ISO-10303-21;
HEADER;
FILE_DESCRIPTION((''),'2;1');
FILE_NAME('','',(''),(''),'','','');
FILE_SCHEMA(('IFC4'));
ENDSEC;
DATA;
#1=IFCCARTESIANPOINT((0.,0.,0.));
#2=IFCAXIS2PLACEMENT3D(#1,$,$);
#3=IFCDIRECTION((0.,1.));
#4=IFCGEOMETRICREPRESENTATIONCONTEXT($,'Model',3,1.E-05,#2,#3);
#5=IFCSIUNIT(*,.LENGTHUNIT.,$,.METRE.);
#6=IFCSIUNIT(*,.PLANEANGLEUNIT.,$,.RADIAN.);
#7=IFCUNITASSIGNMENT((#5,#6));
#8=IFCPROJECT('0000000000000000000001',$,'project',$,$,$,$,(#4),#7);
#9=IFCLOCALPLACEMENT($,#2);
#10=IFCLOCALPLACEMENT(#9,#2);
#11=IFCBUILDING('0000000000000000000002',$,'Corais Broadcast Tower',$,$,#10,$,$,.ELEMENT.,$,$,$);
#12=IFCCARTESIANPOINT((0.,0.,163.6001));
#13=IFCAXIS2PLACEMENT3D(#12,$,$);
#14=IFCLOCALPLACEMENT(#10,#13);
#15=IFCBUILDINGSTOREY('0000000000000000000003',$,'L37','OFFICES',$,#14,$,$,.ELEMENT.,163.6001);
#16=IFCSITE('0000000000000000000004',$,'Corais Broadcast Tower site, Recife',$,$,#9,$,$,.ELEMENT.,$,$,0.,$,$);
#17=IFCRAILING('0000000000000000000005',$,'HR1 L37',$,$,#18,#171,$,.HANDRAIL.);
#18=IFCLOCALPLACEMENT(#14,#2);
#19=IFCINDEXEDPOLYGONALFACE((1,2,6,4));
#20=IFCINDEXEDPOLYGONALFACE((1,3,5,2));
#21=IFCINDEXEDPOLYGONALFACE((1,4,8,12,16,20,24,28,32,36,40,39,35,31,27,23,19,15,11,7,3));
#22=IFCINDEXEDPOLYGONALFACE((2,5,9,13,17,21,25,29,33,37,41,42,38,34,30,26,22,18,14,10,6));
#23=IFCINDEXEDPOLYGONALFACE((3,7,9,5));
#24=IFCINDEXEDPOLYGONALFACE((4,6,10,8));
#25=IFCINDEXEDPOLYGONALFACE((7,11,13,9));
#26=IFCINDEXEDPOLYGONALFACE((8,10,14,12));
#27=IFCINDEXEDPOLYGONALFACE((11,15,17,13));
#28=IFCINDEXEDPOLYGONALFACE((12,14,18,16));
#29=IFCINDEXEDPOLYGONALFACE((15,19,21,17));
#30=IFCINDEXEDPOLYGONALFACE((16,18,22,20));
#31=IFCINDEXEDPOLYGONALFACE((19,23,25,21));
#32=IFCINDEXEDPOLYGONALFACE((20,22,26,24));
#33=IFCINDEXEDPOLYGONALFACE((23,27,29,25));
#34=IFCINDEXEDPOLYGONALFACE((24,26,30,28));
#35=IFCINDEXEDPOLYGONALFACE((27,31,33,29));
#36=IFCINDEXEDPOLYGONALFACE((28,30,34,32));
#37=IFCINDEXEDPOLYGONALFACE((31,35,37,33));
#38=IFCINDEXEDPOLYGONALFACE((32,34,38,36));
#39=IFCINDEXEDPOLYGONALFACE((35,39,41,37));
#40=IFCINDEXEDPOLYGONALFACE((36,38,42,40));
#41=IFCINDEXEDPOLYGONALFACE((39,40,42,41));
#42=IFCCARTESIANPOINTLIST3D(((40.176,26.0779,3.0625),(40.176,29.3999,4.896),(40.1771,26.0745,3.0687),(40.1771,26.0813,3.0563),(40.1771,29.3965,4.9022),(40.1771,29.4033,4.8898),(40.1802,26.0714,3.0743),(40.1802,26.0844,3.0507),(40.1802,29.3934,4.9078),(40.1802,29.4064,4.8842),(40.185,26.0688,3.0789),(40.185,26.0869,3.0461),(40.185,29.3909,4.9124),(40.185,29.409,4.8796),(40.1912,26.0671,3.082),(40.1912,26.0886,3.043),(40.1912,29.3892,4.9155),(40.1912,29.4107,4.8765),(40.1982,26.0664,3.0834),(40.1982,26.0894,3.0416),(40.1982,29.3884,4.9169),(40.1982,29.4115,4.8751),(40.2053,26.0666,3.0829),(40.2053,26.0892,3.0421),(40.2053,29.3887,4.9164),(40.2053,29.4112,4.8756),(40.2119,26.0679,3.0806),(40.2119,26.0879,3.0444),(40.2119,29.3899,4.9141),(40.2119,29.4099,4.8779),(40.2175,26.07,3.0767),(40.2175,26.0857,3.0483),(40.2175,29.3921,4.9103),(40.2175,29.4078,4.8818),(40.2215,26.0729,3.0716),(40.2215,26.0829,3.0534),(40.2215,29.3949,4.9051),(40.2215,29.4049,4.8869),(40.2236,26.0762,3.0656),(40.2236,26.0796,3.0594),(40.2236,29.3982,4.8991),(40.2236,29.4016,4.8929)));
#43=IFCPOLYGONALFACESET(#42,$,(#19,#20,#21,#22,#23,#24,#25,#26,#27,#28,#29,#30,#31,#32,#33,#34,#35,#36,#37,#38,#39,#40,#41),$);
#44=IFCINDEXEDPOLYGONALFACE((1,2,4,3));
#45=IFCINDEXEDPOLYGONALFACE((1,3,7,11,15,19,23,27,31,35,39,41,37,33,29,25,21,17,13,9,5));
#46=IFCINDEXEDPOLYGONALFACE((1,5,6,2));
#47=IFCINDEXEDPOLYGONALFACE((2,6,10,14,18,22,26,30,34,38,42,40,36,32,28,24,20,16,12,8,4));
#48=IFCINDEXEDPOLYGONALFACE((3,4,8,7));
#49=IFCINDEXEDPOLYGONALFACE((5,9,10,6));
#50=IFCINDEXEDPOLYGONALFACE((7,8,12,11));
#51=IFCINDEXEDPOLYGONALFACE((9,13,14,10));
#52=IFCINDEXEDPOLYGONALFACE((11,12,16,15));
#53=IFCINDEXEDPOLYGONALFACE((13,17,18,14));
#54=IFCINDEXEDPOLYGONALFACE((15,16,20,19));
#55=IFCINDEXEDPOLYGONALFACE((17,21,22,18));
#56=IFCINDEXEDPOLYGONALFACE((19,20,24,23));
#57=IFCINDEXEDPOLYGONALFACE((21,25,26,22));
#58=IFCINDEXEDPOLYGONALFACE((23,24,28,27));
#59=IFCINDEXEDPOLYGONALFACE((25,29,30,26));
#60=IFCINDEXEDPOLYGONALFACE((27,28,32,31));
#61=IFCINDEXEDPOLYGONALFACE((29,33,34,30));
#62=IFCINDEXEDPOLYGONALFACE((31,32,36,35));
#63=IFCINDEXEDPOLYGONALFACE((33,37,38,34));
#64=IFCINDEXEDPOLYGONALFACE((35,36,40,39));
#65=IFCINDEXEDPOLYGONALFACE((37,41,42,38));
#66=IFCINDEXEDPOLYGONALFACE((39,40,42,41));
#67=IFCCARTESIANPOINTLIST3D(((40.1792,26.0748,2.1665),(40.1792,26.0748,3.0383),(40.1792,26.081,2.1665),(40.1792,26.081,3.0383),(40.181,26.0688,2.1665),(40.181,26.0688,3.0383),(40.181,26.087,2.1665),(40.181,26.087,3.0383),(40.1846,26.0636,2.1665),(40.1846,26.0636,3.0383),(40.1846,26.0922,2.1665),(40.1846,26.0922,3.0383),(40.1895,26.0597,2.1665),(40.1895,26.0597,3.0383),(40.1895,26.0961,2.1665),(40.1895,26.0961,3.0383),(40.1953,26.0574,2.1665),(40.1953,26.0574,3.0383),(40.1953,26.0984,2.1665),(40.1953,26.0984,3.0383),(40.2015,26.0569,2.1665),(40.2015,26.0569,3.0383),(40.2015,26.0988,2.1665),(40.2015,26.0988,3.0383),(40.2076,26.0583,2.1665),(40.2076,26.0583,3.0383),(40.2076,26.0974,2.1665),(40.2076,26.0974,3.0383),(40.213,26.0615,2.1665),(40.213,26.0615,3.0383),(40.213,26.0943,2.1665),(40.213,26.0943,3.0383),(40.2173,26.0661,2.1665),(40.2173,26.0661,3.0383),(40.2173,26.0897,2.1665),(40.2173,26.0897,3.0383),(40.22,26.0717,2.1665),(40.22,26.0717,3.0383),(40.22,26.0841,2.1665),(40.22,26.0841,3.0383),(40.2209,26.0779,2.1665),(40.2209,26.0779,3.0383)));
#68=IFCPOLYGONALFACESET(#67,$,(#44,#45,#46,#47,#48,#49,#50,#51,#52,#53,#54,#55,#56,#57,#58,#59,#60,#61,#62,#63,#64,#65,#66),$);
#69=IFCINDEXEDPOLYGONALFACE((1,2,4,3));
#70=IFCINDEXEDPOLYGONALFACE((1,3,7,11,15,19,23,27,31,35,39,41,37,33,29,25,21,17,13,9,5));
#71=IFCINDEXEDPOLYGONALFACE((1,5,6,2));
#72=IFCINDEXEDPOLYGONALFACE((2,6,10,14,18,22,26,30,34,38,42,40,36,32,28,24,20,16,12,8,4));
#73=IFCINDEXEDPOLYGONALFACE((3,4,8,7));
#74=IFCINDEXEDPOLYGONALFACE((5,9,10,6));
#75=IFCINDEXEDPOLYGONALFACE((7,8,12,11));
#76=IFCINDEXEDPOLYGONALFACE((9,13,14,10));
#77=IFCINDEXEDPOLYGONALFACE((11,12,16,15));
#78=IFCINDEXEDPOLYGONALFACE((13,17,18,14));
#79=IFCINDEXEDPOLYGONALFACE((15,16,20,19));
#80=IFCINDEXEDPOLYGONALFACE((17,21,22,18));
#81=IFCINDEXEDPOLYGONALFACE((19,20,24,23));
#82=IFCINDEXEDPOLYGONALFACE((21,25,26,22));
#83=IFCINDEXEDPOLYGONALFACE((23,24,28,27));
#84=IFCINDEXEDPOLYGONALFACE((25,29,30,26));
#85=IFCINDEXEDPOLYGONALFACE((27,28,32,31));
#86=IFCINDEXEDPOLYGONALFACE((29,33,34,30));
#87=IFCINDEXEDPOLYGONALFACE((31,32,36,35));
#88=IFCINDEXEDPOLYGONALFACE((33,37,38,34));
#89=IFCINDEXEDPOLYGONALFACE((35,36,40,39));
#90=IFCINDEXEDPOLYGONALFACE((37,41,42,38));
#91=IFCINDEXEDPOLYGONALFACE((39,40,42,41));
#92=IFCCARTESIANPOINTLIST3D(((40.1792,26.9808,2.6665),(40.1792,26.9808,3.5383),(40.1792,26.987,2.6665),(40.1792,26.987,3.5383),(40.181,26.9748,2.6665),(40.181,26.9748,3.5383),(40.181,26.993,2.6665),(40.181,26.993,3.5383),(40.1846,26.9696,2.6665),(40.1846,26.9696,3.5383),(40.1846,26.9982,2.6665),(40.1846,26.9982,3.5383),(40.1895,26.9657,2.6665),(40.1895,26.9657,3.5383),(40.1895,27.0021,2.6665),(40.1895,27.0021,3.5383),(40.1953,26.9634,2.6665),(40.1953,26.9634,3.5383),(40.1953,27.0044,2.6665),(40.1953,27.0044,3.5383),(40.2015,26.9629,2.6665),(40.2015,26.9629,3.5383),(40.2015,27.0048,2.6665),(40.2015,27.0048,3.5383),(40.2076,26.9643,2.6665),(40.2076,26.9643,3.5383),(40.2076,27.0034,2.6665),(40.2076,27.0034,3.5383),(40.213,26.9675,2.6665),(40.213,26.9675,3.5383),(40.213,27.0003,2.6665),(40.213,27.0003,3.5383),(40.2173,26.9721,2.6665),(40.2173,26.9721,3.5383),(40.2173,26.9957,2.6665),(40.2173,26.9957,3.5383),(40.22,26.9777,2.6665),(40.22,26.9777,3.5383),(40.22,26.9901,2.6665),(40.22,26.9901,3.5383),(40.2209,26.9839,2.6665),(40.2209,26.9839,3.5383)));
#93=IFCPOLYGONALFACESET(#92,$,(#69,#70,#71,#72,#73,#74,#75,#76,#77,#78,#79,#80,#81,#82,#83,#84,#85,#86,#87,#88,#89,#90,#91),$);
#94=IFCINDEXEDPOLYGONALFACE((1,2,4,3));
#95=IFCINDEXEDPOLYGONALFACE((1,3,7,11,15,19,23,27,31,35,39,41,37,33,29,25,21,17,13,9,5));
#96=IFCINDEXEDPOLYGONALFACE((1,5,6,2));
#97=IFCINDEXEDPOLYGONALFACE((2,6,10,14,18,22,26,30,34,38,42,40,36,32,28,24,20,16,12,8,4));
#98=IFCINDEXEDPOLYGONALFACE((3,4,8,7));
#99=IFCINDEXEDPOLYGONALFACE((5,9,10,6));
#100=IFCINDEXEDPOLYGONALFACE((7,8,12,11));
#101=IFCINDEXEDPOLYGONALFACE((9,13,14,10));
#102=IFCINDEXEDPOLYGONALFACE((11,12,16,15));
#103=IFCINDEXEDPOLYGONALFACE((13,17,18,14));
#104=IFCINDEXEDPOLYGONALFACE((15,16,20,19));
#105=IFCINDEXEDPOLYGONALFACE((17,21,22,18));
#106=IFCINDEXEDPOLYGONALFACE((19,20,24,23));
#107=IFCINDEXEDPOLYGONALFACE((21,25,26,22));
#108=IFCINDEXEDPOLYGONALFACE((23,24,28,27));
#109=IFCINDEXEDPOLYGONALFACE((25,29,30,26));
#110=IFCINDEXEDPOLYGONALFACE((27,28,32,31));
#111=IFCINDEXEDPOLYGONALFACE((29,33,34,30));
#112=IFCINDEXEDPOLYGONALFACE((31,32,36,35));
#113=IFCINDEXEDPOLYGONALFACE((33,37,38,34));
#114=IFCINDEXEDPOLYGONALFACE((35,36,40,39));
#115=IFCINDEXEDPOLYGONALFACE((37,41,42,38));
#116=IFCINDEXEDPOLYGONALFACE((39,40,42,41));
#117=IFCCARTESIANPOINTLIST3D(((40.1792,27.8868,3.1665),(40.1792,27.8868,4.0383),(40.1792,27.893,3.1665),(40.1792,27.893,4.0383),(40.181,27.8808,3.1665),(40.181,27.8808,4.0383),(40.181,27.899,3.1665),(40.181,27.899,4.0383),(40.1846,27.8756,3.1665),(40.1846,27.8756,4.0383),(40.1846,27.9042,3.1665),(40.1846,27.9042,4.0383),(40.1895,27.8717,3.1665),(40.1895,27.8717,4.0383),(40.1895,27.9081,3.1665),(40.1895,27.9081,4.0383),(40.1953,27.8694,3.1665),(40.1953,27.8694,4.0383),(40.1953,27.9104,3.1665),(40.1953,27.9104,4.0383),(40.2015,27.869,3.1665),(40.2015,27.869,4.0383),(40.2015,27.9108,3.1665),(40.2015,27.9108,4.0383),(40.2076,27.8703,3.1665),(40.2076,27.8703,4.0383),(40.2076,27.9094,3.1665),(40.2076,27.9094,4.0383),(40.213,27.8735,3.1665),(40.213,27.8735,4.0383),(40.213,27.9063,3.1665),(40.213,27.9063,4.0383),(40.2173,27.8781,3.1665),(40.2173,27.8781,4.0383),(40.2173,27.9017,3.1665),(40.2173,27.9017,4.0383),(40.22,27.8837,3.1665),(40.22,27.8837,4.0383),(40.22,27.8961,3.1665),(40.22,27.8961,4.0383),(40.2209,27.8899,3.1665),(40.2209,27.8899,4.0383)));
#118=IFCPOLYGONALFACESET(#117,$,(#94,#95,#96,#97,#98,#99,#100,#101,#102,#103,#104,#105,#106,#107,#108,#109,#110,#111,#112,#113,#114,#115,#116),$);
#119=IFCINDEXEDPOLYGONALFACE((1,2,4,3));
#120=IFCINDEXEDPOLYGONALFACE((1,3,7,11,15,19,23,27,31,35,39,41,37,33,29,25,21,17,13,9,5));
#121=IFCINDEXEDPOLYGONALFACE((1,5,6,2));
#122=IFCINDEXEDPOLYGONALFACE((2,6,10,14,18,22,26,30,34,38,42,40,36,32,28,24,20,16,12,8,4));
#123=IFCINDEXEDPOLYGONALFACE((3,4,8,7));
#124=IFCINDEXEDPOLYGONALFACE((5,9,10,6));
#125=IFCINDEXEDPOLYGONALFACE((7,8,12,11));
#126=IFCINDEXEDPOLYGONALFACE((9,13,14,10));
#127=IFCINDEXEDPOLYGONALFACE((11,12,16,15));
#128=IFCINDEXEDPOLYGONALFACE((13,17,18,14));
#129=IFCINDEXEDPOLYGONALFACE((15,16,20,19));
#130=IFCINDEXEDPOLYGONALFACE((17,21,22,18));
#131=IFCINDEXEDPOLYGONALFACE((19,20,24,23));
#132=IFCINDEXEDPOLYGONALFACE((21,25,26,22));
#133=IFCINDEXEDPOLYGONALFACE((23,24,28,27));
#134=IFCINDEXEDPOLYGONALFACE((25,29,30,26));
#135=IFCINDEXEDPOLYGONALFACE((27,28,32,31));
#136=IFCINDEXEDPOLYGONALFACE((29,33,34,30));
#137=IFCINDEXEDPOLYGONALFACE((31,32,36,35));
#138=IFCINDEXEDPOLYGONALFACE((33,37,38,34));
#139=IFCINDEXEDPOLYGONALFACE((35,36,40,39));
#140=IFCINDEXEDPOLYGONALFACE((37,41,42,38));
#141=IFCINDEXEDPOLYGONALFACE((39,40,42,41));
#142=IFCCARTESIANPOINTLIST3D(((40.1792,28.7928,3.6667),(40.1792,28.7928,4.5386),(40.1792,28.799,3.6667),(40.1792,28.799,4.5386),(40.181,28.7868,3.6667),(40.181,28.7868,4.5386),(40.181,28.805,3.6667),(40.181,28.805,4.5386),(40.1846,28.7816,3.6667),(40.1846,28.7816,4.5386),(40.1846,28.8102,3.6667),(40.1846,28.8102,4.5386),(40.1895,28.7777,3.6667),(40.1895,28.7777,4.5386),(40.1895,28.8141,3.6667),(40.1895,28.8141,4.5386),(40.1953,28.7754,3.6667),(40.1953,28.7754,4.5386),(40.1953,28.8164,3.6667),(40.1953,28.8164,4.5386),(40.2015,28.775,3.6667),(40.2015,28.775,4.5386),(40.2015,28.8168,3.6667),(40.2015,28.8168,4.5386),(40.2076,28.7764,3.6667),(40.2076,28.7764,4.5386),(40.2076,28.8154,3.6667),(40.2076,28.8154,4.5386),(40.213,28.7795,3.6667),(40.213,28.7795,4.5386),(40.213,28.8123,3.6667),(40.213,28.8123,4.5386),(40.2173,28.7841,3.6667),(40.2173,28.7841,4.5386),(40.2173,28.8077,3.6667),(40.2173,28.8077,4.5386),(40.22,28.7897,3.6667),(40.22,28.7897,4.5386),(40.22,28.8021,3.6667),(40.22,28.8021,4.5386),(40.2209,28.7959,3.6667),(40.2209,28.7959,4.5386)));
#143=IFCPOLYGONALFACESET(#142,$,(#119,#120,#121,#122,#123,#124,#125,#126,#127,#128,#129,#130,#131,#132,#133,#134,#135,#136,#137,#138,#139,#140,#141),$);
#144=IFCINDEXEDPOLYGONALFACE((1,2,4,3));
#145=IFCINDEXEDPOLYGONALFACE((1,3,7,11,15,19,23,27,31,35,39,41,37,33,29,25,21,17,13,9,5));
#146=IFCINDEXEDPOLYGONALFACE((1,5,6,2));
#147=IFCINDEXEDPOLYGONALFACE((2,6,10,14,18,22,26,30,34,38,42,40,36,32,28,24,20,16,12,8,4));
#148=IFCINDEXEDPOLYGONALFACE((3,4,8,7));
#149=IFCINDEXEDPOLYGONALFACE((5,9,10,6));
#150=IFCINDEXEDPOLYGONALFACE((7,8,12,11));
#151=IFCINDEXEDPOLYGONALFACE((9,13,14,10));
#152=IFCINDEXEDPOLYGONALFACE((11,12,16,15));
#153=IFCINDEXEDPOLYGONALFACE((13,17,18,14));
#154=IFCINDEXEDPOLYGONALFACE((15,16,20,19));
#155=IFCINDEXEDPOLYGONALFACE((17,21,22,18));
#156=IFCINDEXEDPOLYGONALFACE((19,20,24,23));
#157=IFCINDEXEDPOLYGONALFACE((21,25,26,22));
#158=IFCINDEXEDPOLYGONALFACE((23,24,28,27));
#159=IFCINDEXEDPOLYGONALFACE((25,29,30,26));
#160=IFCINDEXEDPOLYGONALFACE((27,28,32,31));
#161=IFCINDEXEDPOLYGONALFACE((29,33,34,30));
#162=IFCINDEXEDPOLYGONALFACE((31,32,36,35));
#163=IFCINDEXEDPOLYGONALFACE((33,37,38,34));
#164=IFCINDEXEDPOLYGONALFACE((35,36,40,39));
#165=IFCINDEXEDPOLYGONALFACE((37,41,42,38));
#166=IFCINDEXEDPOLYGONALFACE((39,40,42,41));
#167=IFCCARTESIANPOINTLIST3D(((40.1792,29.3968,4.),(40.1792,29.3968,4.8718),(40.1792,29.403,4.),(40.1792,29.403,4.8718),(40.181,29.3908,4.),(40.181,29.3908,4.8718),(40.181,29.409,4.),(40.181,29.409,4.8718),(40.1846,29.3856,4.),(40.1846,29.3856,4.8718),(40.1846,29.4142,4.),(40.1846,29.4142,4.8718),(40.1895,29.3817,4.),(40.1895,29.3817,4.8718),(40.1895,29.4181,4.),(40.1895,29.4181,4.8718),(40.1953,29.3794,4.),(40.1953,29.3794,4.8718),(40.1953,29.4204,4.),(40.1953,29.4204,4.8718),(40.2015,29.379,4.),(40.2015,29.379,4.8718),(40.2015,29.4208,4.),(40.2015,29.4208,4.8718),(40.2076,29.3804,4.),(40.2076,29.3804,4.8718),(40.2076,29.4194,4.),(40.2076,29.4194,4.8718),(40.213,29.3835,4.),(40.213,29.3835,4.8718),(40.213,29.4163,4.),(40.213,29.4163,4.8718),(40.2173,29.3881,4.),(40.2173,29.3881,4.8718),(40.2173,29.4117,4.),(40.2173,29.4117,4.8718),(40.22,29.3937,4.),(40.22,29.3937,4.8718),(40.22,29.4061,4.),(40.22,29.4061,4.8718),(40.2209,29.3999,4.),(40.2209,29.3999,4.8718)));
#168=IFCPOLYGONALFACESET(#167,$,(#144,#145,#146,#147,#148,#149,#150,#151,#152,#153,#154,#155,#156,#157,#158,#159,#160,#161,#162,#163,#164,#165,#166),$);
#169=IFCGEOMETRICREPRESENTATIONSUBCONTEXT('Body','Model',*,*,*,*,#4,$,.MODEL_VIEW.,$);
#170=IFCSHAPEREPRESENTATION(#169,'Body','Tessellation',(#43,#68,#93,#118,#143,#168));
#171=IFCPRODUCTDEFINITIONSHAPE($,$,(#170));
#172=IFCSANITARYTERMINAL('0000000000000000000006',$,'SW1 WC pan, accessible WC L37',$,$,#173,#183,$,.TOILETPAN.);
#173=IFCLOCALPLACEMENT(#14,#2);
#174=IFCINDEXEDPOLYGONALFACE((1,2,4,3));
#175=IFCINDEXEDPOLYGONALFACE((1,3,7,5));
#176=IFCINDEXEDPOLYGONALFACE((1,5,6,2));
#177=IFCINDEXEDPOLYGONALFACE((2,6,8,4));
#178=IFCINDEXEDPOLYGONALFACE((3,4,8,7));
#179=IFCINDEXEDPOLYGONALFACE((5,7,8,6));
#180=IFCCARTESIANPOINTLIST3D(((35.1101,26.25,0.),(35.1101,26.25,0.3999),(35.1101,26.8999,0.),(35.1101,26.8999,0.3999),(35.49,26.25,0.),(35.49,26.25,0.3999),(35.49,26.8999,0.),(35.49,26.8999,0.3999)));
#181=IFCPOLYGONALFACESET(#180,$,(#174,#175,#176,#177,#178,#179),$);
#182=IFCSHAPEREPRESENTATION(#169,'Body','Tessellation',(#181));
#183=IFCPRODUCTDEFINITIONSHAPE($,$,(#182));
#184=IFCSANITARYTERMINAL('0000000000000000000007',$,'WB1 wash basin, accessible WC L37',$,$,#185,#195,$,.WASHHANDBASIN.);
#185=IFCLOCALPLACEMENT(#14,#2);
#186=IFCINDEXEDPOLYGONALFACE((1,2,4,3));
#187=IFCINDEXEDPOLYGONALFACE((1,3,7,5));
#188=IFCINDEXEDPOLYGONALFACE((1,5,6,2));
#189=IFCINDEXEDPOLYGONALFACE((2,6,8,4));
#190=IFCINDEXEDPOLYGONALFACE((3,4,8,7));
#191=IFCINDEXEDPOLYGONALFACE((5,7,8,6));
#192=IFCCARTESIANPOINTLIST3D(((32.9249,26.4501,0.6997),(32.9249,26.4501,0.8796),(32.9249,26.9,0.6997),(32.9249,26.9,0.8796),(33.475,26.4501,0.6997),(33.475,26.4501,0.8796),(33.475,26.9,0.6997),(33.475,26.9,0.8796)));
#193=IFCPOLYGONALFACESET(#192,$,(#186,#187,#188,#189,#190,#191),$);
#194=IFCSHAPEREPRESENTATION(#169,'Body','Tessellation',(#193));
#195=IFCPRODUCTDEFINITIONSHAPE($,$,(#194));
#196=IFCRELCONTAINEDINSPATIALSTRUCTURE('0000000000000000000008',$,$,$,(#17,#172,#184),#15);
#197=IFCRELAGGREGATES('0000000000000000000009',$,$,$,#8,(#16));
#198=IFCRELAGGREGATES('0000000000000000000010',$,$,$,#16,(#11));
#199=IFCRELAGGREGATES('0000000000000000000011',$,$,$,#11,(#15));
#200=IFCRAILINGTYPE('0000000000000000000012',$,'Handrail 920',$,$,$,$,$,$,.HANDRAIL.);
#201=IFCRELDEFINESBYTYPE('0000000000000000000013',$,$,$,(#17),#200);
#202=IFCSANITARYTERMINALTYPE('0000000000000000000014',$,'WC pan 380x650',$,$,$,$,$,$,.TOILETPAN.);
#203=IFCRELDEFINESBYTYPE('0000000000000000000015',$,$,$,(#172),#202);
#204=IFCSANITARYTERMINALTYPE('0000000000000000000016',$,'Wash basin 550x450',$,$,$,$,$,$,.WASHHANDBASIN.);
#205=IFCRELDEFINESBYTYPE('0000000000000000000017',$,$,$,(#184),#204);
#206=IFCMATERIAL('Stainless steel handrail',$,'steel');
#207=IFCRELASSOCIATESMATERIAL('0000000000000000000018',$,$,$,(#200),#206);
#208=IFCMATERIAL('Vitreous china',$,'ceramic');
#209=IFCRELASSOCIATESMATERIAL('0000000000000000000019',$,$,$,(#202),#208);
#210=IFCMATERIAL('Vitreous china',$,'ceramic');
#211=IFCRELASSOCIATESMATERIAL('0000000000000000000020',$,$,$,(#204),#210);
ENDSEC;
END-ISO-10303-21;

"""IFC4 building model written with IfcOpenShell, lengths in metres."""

from ifc_helpers import new_model, si_unit, direction, frame, origin, origin_2d, place, context, subcontext, project, spatial, rectangle, circle, extrude, material, type_object, element, save


model = new_model("IFC4")

# Units and contexts
model_context = context("Model", 3, precision=1e-05, world=origin(), true_north=direction((0.0, 1.0)))
body_context = subcontext(model_context, "Body", "Model", "MODEL_VIEW")
ifc_project = project(units=[si_unit("LENGTHUNIT", "METRE"), si_unit("PLANEANGLEUNIT", "RADIAN")], contexts=[model_context])

# Site, building, storey
site_placement = place(None, origin())
site = spatial("IfcSite", under=ifc_project, at=site_placement, Name="Corais Broadcast Tower site, Recife", CompositionType="ELEMENT", RefElevation=0.0)
building_placement = place(site_placement, origin())
building = spatial("IfcBuilding", under=site, at=building_placement, Name="Corais Broadcast Tower", CompositionType="ELEMENT")
storey_placement = place(building_placement, frame((0.0, 0.0, 163.6001)))
storey = spatial("IfcBuildingStorey", under=building, at=storey_placement, Name="L37", Description="OFFICES", CompositionType="ELEMENT", Elevation=163.6001)

# Railing
ifc_material_1 = material(Name="Stainless steel handrail", Category="steel")
railing_type = type_object("IfcRailingType", Name="Handrail 920", PredefinedType="HANDRAIL", material=ifc_material_1)
railing_placement = place(storey_placement, frame((40.2, 26.0779, 2.1665)))
element("IfcRailing", 1, at=railing_placement, inside=storey, type_object=railing_type, Name="HR1 L37", PredefinedType="HANDRAIL", context=body_context, shape_type="SweptSolid", body=[
    extrude(circle(Radius=0.0239, at=origin_2d()), frame((0.0, 0.0, 0.896), z_axis=(0.0, 0.875504, 0.48321), x_axis=(-1.0, 0.0, 0.0)), (0.0, 0.0, 1.0), 3.7944),
    extrude(circle(Radius=0.021, at=origin_2d()), origin(), (0.0, 0.0, 1.0), 0.8718),
    extrude(circle(Radius=0.021, at=origin_2d()), frame((0.0, 0.906, 0.5)), (0.0, 0.0, 1.0), 0.8718),
    extrude(circle(Radius=0.021, at=origin_2d()), frame((0.0, 1.812, 1.0)), (0.0, 0.0, 1.0), 0.8718),
    extrude(circle(Radius=0.021, at=origin_2d()), frame((0.0, 2.718, 1.5002)), (0.0, 0.0, 1.0), 0.8718),
    extrude(circle(Radius=0.021, at=origin_2d()), frame((0.0, 3.322, 1.8335)), (0.0, 0.0, 1.0), 0.8718),
])

# Sanitary terminals
ifc_material_2 = material(Name="Vitreous china", Category="ceramic")
sanitary_terminal_type_1 = type_object("IfcSanitaryTerminalType", Name="WC pan 380x650", PredefinedType="TOILETPAN", material=ifc_material_2)
sanitary_terminal_1_placement = place(storey_placement, frame((35.3, 26.575, 0.0), z_axis=(0.0, 0.0, 1.0), x_axis=(1.0, 0.0, 0.0)))
element("IfcSanitaryTerminal", 2, at=sanitary_terminal_1_placement, inside=storey, type_object=sanitary_terminal_type_1, Name="SW1 WC pan, accessible WC L37", PredefinedType="TOILETPAN", context=body_context, shape_type="SweptSolid", body=[
    extrude(rectangle(XDim=0.3799, YDim=0.6499, at=origin_2d()), origin(), (0.0, 0.0, 1.0), 0.3999),
])
ifc_material_3 = material(Name="Vitreous china", Category="ceramic")
sanitary_terminal_type_2 = type_object("IfcSanitaryTerminalType", Name="Wash basin 550x450", PredefinedType="WASHHANDBASIN", material=ifc_material_3)
sanitary_terminal_2_placement = place(storey_placement, frame((33.2, 26.675, 0.6997), z_axis=(0.0, 0.0, 1.0), x_axis=(1.0, 0.0, 0.0)))
element("IfcSanitaryTerminal", 3, at=sanitary_terminal_2_placement, inside=storey, type_object=sanitary_terminal_type_2, Name="WB1 wash basin, accessible WC L37", PredefinedType="WASHHANDBASIN", context=body_context, shape_type="SweptSolid", body=[
    extrude(rectangle(XDim=0.55, YDim=0.45, at=origin_2d()), origin(), (0.0, 0.0, 1.0), 0.1799),
])

save(model, "model.ifc")
